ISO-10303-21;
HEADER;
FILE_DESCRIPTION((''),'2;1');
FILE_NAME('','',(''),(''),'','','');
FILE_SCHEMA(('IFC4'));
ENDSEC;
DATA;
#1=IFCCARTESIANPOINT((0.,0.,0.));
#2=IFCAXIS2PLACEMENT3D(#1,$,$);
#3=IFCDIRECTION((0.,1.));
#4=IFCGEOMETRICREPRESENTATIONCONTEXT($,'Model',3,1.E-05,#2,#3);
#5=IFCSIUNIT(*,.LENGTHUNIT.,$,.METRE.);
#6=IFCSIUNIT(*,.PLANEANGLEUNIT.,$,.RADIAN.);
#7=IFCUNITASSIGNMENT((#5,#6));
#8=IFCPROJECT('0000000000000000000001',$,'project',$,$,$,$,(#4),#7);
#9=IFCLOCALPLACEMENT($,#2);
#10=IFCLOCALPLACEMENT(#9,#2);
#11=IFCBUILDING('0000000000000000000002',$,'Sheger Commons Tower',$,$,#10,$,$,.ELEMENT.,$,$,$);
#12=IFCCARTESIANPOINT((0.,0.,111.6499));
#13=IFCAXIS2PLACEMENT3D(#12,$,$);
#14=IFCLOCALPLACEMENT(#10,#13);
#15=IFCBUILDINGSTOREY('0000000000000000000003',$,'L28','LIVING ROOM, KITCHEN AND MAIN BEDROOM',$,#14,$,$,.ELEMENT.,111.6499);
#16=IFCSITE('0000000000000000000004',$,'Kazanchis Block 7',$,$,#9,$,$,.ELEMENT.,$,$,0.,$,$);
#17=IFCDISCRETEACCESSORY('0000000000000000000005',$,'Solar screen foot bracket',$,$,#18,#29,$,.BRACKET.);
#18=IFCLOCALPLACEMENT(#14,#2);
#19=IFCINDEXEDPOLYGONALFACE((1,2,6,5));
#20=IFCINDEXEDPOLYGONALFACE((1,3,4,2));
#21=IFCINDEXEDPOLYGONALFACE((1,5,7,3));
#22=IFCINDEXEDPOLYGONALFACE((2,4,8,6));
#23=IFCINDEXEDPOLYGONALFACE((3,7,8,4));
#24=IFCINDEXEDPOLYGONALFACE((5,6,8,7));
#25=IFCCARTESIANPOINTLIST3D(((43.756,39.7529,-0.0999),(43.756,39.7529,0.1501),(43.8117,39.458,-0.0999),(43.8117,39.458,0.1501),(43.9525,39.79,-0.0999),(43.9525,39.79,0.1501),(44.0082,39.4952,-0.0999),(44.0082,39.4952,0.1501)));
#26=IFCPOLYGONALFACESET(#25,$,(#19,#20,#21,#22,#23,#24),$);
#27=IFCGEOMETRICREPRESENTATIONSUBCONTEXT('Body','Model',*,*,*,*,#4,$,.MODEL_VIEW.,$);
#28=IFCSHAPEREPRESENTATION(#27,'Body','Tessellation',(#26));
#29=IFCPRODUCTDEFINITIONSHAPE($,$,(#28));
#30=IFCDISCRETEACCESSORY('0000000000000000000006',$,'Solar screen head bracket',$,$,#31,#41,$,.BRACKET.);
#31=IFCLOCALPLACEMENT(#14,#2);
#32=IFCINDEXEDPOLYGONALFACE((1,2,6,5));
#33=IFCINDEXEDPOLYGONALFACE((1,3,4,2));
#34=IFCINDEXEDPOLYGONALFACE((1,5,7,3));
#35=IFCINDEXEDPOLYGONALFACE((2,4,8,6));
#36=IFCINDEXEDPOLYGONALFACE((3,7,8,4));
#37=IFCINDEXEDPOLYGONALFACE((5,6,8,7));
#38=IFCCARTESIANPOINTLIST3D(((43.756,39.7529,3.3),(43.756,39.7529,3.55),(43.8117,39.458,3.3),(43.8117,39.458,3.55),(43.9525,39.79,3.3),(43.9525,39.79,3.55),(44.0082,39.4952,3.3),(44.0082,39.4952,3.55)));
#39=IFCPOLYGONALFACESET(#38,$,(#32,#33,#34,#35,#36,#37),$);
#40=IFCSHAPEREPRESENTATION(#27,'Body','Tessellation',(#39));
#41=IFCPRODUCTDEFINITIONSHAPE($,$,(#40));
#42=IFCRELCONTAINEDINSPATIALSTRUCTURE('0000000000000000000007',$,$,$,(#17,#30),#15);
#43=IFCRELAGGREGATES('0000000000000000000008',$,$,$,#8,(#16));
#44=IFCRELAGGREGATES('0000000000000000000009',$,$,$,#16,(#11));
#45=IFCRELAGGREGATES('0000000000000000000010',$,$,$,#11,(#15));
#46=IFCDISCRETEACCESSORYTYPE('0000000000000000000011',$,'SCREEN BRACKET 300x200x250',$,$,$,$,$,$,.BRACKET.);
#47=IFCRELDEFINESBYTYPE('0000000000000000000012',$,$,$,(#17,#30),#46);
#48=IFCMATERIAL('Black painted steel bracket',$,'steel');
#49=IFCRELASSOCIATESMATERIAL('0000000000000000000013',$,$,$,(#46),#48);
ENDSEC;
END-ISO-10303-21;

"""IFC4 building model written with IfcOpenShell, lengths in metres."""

from ifc_helpers import new_model, si_unit, direction, frame, origin, origin_2d, place, context, subcontext, project, spatial, rectangle, extrude, material, type_object, element, save


model = new_model("IFC4")

# Units and contexts
model_context = context("Model", 3, precision=1e-05, world=origin(), true_north=direction((0.0, 1.0)))
body_context = subcontext(model_context, "Body", "Model", "MODEL_VIEW")
ifc_project = project(units=[si_unit("LENGTHUNIT", "METRE"), si_unit("PLANEANGLEUNIT", "RADIAN")], contexts=[model_context])

# Site, building, storey
site_placement = place(None, origin())
site = spatial("IfcSite", under=ifc_project, at=site_placement, Name="Kazanchis Block 7", CompositionType="ELEMENT", RefElevation=0.0)
building_placement = place(site_placement, origin())
building = spatial("IfcBuilding", under=site, at=building_placement, Name="Sheger Commons Tower", CompositionType="ELEMENT")
storey_placement = place(building_placement, frame((0.0, 0.0, 111.6499)))
storey = spatial("IfcBuildingStorey", under=building, at=storey_placement, Name="L28", Description="LIVING ROOM, KITCHEN AND MAIN BEDROOM", CompositionType="ELEMENT", Elevation=111.6499)

# Discrete accessories
ifc_material_1 = material(Name="Black painted steel bracket", Category="steel")
discrete_accessory_type = type_object("IfcDiscreteAccessoryType", Name="SCREEN BRACKET 300x200x250", PredefinedType="BRACKET", material=ifc_material_1)
for number, where, z_axis, x_axis, name in (
    (1, (43.8821, 39.624, -0.0999), (0.0, 0.0, 1.0), (-0.185615, 0.982623, 0.0), "Solar screen foot bracket"),
    (2, (43.8821, 39.624, 3.3), (0.0, 0.0, 1.0), (-0.185615, 0.982623, 0.0), "Solar screen head bracket"),
):
    element("IfcDiscreteAccessory", number, at=place(storey_placement, frame(where, z_axis=z_axis, x_axis=x_axis)), inside=storey, type_object=discrete_accessory_type, Name=name, PredefinedType="BRACKET", context=body_context, shape_type="SweptSolid", body=[
        extrude(rectangle(XDim=0.3, YDim=0.2, at=origin_2d()), origin(), (0.0, 0.0, 1.0), 0.25),
    ])

save(model, "model.ifc")
